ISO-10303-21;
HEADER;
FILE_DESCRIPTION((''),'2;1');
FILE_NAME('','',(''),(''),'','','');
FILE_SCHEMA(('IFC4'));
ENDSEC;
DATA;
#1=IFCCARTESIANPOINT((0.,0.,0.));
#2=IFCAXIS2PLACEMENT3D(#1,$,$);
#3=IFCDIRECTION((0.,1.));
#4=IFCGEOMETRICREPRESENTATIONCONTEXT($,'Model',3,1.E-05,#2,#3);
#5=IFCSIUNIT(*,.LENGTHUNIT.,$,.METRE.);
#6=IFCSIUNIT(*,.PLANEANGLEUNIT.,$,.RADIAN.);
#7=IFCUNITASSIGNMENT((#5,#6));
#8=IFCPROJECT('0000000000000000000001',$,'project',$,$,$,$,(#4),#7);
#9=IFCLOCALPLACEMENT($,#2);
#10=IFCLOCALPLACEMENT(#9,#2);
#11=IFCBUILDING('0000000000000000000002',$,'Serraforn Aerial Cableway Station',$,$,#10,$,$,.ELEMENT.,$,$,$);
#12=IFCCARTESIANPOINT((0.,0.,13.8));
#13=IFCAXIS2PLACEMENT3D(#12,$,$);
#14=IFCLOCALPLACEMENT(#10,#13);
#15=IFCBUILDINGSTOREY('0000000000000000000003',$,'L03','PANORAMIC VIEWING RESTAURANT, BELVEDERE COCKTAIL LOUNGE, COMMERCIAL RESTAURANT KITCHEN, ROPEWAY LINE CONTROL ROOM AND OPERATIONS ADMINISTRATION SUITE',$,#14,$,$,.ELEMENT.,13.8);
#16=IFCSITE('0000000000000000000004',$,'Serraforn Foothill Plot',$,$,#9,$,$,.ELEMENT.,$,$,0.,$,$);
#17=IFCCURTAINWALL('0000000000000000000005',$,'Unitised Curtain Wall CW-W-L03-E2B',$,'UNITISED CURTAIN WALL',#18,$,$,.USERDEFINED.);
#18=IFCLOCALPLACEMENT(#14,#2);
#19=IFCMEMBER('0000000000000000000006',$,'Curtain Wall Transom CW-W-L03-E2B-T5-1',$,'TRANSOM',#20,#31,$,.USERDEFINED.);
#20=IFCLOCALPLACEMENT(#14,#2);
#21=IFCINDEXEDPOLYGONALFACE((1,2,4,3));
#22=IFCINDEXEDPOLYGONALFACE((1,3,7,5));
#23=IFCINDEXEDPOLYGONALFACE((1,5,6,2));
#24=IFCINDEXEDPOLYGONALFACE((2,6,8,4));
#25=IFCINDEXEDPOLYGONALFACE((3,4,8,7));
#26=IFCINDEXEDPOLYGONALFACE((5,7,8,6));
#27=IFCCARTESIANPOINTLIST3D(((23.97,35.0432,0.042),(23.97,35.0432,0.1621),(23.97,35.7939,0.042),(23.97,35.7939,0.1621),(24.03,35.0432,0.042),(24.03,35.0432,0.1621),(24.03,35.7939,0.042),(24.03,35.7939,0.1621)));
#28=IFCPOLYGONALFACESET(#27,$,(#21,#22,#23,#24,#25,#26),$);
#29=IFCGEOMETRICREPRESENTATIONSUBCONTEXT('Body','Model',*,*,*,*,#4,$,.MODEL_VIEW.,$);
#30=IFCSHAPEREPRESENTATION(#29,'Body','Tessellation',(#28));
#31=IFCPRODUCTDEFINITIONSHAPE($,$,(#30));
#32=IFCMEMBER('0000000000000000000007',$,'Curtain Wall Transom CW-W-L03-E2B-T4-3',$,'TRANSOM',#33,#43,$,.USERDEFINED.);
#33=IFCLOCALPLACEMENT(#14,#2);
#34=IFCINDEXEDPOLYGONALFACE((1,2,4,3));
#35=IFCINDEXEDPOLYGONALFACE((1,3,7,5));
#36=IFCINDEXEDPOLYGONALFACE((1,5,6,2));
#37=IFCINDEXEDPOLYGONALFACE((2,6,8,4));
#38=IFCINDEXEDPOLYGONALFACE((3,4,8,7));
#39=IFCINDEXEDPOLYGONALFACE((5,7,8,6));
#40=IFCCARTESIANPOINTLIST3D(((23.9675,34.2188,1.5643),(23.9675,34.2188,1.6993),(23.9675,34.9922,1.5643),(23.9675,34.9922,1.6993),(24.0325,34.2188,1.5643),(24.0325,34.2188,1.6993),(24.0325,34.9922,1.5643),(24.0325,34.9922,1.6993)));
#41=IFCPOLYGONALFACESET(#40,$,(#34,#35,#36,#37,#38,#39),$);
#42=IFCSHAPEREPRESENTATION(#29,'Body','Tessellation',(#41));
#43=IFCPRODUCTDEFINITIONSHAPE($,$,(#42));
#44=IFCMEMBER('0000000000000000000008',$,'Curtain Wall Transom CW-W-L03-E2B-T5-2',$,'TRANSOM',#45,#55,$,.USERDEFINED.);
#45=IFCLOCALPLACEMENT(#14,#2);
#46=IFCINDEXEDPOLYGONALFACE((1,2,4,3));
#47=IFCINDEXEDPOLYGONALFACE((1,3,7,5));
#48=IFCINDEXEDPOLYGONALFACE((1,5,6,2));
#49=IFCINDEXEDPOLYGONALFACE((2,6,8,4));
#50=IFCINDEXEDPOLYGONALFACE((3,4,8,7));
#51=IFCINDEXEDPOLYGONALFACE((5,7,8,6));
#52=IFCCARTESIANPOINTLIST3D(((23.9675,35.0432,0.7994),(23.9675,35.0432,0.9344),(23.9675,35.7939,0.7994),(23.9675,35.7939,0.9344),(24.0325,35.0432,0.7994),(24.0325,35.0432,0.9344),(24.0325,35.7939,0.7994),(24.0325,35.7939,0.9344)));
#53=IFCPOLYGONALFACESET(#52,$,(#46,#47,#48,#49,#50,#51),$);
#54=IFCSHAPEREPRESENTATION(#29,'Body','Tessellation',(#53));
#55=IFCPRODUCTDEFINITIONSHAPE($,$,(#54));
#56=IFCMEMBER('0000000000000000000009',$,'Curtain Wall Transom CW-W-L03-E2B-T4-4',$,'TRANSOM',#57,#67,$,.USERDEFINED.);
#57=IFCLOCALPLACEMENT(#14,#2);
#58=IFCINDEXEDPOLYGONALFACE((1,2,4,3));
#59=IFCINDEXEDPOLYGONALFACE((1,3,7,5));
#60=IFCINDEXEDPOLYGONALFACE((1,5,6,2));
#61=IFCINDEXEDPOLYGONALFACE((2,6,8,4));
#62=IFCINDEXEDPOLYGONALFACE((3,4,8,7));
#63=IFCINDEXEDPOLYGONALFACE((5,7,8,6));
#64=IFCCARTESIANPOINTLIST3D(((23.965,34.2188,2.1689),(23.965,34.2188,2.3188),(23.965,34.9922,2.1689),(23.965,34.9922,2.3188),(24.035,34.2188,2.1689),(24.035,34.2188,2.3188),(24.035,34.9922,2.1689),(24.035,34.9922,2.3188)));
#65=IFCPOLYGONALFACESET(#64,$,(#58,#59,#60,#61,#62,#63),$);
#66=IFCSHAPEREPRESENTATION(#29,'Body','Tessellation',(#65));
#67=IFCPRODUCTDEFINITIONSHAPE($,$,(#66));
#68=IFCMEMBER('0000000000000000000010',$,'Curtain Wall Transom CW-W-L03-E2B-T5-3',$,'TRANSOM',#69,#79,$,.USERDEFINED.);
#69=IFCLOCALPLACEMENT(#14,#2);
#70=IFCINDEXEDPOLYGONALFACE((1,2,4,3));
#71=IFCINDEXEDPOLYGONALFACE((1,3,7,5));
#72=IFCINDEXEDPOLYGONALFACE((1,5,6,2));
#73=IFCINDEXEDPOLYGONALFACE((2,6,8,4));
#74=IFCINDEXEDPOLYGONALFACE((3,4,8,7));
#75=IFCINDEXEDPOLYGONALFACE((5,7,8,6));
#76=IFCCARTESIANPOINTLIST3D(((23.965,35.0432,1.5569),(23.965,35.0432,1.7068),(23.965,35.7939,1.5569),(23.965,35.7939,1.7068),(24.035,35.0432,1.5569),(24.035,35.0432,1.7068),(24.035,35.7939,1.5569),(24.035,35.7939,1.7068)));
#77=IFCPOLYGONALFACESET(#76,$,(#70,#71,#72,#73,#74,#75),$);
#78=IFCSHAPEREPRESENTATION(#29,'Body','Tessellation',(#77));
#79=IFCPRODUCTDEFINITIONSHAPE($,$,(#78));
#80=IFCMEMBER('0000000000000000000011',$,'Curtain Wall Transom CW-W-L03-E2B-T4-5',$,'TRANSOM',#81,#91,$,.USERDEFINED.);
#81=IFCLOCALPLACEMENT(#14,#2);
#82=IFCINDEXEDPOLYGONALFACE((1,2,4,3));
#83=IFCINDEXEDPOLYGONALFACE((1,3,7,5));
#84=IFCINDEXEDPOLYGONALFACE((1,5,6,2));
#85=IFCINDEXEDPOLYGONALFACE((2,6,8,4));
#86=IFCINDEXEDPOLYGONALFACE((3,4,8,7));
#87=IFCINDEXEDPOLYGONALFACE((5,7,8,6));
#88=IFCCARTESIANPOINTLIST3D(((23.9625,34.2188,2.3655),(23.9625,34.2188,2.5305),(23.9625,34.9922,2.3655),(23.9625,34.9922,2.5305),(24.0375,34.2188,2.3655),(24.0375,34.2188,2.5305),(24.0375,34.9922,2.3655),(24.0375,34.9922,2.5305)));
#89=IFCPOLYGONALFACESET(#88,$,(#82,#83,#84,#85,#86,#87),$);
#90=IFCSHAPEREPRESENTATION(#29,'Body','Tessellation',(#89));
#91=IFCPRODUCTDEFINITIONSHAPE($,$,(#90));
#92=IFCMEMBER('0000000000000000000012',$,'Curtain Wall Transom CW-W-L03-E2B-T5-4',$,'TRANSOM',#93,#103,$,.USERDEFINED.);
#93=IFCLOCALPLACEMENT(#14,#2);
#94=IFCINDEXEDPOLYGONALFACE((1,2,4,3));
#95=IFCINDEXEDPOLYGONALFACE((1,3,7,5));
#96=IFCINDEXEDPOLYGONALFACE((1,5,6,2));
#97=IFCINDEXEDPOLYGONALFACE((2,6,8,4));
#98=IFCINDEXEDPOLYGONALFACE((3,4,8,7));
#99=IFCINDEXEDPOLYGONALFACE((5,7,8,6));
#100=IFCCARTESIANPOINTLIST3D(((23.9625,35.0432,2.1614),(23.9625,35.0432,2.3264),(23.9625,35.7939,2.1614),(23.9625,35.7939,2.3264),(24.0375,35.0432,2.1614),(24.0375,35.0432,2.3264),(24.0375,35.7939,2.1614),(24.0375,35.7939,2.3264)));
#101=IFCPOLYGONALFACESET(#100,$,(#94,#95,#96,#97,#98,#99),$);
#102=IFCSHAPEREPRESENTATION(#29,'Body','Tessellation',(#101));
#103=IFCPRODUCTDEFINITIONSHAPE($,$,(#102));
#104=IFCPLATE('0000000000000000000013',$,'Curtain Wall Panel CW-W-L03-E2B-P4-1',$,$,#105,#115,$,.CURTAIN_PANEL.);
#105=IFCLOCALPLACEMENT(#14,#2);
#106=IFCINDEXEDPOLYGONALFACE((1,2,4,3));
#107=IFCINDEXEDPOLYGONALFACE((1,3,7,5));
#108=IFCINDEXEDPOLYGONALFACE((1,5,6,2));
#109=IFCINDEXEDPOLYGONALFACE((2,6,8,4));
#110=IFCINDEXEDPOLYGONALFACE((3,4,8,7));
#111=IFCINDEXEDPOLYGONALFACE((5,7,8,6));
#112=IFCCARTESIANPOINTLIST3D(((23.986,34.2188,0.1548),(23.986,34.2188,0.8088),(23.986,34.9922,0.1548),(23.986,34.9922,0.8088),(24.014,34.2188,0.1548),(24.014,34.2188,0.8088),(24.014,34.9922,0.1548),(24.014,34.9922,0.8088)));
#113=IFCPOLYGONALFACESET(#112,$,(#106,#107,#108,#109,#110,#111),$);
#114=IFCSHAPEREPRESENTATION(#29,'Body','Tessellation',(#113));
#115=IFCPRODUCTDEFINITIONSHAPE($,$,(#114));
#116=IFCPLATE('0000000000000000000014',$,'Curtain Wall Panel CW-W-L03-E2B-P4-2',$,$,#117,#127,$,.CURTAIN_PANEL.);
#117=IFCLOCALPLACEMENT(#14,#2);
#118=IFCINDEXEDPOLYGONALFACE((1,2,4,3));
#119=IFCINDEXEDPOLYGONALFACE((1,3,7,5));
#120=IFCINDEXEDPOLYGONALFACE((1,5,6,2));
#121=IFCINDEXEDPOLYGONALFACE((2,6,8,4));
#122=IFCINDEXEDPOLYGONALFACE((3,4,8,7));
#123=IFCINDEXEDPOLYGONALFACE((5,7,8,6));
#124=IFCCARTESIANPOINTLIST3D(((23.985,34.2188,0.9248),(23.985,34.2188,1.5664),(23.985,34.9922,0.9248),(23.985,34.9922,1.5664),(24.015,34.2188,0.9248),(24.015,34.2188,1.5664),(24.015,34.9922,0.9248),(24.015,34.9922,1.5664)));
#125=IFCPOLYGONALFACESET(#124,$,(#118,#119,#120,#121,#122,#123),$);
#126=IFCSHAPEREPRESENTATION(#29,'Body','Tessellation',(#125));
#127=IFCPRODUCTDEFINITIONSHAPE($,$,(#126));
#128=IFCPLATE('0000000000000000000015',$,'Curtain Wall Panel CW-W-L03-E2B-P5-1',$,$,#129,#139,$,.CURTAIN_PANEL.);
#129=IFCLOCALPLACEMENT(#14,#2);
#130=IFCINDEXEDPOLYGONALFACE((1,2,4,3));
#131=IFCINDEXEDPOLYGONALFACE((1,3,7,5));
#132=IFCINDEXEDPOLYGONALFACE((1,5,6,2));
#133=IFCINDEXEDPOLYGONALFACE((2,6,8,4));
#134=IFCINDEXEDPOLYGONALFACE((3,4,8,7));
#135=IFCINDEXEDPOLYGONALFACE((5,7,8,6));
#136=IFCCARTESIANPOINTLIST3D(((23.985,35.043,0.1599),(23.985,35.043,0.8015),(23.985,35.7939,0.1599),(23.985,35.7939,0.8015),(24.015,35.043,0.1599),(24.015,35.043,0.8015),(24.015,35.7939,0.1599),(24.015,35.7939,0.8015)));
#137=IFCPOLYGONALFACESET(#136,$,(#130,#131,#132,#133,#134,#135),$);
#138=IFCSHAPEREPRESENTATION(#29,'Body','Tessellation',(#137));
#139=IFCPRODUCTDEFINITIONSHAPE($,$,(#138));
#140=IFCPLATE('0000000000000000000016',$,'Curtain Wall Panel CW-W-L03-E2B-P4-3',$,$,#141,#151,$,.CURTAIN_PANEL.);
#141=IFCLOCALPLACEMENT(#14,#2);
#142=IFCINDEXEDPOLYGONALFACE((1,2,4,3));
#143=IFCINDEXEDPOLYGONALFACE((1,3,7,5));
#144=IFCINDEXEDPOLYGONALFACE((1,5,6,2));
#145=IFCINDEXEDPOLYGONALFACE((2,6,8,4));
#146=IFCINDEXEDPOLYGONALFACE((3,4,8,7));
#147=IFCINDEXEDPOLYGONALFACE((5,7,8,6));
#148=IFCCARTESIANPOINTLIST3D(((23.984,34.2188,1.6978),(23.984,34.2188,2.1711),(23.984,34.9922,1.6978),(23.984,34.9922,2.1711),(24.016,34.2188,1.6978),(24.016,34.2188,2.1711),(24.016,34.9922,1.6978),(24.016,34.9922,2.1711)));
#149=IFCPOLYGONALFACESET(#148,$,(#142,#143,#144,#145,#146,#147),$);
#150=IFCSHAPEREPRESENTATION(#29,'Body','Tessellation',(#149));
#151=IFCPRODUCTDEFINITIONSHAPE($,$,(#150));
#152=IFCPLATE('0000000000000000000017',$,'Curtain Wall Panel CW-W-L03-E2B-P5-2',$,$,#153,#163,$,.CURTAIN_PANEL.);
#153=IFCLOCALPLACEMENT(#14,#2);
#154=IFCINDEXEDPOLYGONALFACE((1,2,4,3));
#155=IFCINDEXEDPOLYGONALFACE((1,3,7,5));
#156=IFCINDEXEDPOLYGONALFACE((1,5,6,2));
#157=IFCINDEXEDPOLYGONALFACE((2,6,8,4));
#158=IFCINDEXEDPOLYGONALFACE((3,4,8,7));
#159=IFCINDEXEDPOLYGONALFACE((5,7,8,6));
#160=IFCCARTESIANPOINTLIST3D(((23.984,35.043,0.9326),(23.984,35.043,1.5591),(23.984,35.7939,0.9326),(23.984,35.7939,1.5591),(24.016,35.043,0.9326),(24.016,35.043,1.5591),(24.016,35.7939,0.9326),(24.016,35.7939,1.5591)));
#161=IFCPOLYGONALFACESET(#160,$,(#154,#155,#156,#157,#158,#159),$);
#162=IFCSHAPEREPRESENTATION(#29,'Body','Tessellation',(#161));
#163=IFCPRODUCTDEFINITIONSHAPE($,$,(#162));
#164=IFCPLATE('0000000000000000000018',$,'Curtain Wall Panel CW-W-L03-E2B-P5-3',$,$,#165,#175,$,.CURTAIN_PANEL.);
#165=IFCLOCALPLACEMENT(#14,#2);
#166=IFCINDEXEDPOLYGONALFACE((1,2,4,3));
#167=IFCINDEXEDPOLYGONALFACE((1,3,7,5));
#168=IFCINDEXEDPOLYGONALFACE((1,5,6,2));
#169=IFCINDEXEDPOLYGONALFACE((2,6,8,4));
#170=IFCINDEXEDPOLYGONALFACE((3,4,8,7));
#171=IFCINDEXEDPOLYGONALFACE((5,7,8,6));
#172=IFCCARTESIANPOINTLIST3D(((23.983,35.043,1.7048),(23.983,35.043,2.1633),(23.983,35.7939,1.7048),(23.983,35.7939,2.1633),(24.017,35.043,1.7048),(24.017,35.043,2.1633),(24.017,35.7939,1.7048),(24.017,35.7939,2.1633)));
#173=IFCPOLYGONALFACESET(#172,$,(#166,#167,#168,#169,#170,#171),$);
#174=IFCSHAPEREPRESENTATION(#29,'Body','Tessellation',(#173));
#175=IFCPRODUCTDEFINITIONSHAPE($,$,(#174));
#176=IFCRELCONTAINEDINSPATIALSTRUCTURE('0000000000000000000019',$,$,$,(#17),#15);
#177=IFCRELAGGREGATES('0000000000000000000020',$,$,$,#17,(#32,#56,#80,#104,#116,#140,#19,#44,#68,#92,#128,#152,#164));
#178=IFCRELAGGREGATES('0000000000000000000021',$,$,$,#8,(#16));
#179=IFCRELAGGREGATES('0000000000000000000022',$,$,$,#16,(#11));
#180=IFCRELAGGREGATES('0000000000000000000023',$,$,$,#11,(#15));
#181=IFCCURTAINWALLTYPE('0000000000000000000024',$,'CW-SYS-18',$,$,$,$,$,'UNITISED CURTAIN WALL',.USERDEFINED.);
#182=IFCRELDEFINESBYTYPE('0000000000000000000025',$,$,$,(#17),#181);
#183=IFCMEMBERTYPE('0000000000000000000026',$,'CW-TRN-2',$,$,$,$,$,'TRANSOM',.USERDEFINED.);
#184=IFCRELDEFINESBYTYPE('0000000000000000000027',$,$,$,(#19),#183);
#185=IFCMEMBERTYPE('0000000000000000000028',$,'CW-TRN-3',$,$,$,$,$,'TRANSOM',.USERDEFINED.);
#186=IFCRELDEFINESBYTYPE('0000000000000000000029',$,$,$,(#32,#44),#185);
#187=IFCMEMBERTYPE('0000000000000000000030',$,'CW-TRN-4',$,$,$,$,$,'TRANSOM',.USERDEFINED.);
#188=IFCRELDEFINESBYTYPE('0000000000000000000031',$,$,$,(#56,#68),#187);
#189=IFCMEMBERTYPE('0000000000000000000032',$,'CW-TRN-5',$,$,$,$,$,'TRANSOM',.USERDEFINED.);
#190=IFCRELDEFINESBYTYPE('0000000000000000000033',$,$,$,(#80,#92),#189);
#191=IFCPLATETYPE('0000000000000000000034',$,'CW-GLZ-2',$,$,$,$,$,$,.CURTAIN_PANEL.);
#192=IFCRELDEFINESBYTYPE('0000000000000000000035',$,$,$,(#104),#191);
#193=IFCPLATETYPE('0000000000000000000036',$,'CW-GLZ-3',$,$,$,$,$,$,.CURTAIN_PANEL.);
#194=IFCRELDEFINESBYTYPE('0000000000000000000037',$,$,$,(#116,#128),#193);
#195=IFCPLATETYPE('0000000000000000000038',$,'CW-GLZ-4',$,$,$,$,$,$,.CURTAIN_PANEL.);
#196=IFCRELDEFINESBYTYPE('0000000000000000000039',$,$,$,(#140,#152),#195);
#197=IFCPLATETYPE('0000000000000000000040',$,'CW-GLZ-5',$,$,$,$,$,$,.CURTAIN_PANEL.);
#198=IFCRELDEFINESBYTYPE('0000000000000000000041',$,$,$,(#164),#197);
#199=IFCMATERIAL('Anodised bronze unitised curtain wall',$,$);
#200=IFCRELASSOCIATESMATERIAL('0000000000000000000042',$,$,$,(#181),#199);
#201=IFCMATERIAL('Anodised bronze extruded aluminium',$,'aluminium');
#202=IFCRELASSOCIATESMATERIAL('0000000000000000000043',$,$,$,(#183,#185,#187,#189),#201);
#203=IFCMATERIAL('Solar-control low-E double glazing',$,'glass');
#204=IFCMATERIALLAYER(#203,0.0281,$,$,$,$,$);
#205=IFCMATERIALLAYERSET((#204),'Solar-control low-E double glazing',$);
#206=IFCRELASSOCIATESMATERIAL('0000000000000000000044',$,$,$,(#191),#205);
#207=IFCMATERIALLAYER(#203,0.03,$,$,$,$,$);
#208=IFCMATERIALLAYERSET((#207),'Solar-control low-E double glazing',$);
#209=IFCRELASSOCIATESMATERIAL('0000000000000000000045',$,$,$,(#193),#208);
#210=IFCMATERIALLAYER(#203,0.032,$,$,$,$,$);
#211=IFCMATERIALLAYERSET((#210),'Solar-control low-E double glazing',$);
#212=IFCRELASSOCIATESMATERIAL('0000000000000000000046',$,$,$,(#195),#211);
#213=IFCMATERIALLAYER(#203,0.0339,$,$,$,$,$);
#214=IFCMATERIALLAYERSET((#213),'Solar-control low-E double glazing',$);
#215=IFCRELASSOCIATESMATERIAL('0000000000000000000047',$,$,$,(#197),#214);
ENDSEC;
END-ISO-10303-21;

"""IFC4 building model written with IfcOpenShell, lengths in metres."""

from ifc_helpers import new_model, si_unit, direction, frame, origin, origin_2d, place, context, subcontext, project, spatial, rectangle, extrude, material, layer, layer_set, material_profile, profile_set, type_object, element, aggregate, save


model = new_model("IFC4")

# Units and contexts
model_context = context("Model", 3, precision=1e-05, world=origin(), true_north=direction((0.0, 1.0)))
body_context = subcontext(model_context, "Body", "Model", "MODEL_VIEW")
ifc_project = project(units=[si_unit("LENGTHUNIT", "METRE"), si_unit("PLANEANGLEUNIT", "RADIAN")], contexts=[model_context])

# Site, building, storey
site_placement = place(None, origin())
site = spatial("IfcSite", under=ifc_project, at=site_placement, Name="Serraforn Foothill Plot", CompositionType="ELEMENT", RefElevation=0.0)
building_placement = place(site_placement, origin())
building = spatial("IfcBuilding", under=site, at=building_placement, Name="Serraforn Aerial Cableway Station", CompositionType="ELEMENT")
storey_placement = place(building_placement, frame((0.0, 0.0, 13.8)))
storey = spatial("IfcBuildingStorey", under=building, at=storey_placement, Name="L03", Description="PANORAMIC VIEWING RESTAURANT, BELVEDERE COCKTAIL LOUNGE, COMMERCIAL RESTAURANT KITCHEN, ROPEWAY LINE CONTROL ROOM AND OPERATIONS ADMINISTRATION SUITE", CompositionType="ELEMENT", Elevation=13.8)

# Curtain wall, members, plates
ifc_material_1 = material(Name="Anodised bronze unitised curtain wall")
curtain_wall_type = type_object("IfcCurtainWallType", Name="CW-SYS-18", ElementType="UNITISED CURTAIN WALL", PredefinedType="USERDEFINED", material=ifc_material_1)
curtain_wall_placement = place(storey_placement, origin())
curtain_wall = element("IfcCurtainWall", 1, at=curtain_wall_placement, inside=storey, type_object=curtain_wall_type, Name="Unitised Curtain Wall CW-W-L03-E2B", ObjectType="UNITISED CURTAIN WALL", PredefinedType="USERDEFINED")
ifc_material_2 = material(Name="Anodised bronze extruded aluminium", Category="aluminium")
ifc_material_profile_1 = material_profile(ifc_material_2, rectangle(XDim=0.0601, YDim=0.1201, at=origin_2d()), Name="CW TRANSOM 60x120")
ifc_profile_set_1 = profile_set([ifc_material_profile_1], Name="Anodised bronze extruded aluminium")
member_type_1 = type_object("IfcMemberType", Name="CW-TRN-2", ElementType="TRANSOM", PredefinedType="USERDEFINED", material=ifc_profile_set_1)
member_1_placement = place(storey_placement, frame((24.0, 35.0432, 0.1021), z_axis=(0.0, 1.0, 0.0), x_axis=(-1.0, 0.0, 0.0)))
member_1 = element("IfcMember", 2, at=member_1_placement, type_object=member_type_1, Name="Curtain Wall Transom CW-W-L03-E2B-T5-1", ObjectType="TRANSOM", PredefinedType="USERDEFINED", context=body_context, shape_type="SweptSolid", body=[
    extrude(rectangle(XDim=0.0601, YDim=0.1201, at=origin_2d()), origin(), (0.0, 0.0, 1.0), 0.7507),
])
ifc_material_profile_2 = material_profile(ifc_material_2, rectangle(XDim=0.0649, YDim=0.135, at=origin_2d()), Name="CW TRANSOM 65x135")
ifc_profile_set_2 = profile_set([ifc_material_profile_2], Name="Anodised bronze extruded aluminium")
member_type_2 = type_object("IfcMemberType", Name="CW-TRN-3", ElementType="TRANSOM", PredefinedType="USERDEFINED", material=ifc_profile_set_2)
member_2_placement = place(storey_placement, frame((24.0, 34.2188, 1.6318), z_axis=(0.0, 1.0, 0.0), x_axis=(-1.0, 0.0, 0.0)))
member_2 = element("IfcMember", 3, at=member_2_placement, type_object=member_type_2, Name="Curtain Wall Transom CW-W-L03-E2B-T4-3", ObjectType="TRANSOM", PredefinedType="USERDEFINED", context=body_context, shape_type="SweptSolid", body=[
    extrude(rectangle(XDim=0.0649, YDim=0.135, at=origin_2d()), origin(), (0.0, 0.0, 1.0), 0.7734),
])
member_3_placement = place(storey_placement, frame((24.0, 35.0432, 0.8669), z_axis=(0.0, 1.0, 0.0), x_axis=(-1.0, 0.0, 0.0)))
member_3 = element("IfcMember", 4, at=member_3_placement, type_object=member_type_2, Name="Curtain Wall Transom CW-W-L03-E2B-T5-2", ObjectType="TRANSOM", PredefinedType="USERDEFINED", context=body_context, shape_type="SweptSolid", body=[
    extrude(rectangle(XDim=0.0649, YDim=0.135, at=origin_2d()), origin(), (0.0, 0.0, 1.0), 0.7507),
])
ifc_material_profile_3 = material_profile(ifc_material_2, rectangle(XDim=0.0701, YDim=0.1499, at=origin_2d()), Name="CW TRANSOM 70x150")
ifc_profile_set_3 = profile_set([ifc_material_profile_3], Name="Anodised bronze extruded aluminium")
member_type_3 = type_object("IfcMemberType", Name="CW-TRN-4", ElementType="TRANSOM", PredefinedType="USERDEFINED", material=ifc_profile_set_3)
member_4_placement = place(storey_placement, frame((24.0, 34.2188, 2.2439), z_axis=(0.0, 1.0, 0.0), x_axis=(-1.0, 0.0, 0.0)))
member_4 = element("IfcMember", 5, at=member_4_placement, type_object=member_type_3, Name="Curtain Wall Transom CW-W-L03-E2B-T4-4", ObjectType="TRANSOM", PredefinedType="USERDEFINED", context=body_context, shape_type="SweptSolid", body=[
    extrude(rectangle(XDim=0.0701, YDim=0.1499, at=origin_2d()), origin(), (0.0, 0.0, 1.0), 0.7734),
])
member_5_placement = place(storey_placement, frame((24.0, 35.0432, 1.6318), z_axis=(0.0, 1.0, 0.0), x_axis=(-1.0, 0.0, 0.0)))
member_5 = element("IfcMember", 6, at=member_5_placement, type_object=member_type_3, Name="Curtain Wall Transom CW-W-L03-E2B-T5-3", ObjectType="TRANSOM", PredefinedType="USERDEFINED", context=body_context, shape_type="SweptSolid", body=[
    extrude(rectangle(XDim=0.0701, YDim=0.1499, at=origin_2d()), origin(), (0.0, 0.0, 1.0), 0.7507),
])
ifc_material_profile_4 = material_profile(ifc_material_2, rectangle(XDim=0.075, YDim=0.165, at=origin_2d()), Name="CW TRANSOM 75x165")
ifc_profile_set_4 = profile_set([ifc_material_profile_4], Name="Anodised bronze extruded aluminium")
member_type_4 = type_object("IfcMemberType", Name="CW-TRN-5", ElementType="TRANSOM", PredefinedType="USERDEFINED", material=ifc_profile_set_4)
member_6_placement = place(storey_placement, frame((24.0, 34.2188, 2.448), z_axis=(0.0, 1.0, 0.0), x_axis=(-1.0, 0.0, 0.0)))
member_6 = element("IfcMember", 7, at=member_6_placement, type_object=member_type_4, Name="Curtain Wall Transom CW-W-L03-E2B-T4-5", ObjectType="TRANSOM", PredefinedType="USERDEFINED", context=body_context, shape_type="SweptSolid", body=[
    extrude(rectangle(XDim=0.075, YDim=0.165, at=origin_2d()), origin(), (0.0, 0.0, 1.0), 0.7734),
])
member_7_placement = place(storey_placement, frame((24.0, 35.0432, 2.2439), z_axis=(0.0, 1.0, 0.0), x_axis=(-1.0, 0.0, 0.0)))
member_7 = element("IfcMember", 8, at=member_7_placement, type_object=member_type_4, Name="Curtain Wall Transom CW-W-L03-E2B-T5-4", ObjectType="TRANSOM", PredefinedType="USERDEFINED", context=body_context, shape_type="SweptSolid", body=[
    extrude(rectangle(XDim=0.075, YDim=0.165, at=origin_2d()), origin(), (0.0, 0.0, 1.0), 0.7507),
])
ifc_material_3 = material(Name="Solar-control low-E double glazing", Category="glass")
ifc_layer_1 = layer(ifc_material_3, 0.0281)
ifc_layer_set_1 = layer_set([ifc_layer_1], Name="Solar-control low-E double glazing")
plate_type_1 = type_object("IfcPlateType", Name="CW-GLZ-2", PredefinedType="CURTAIN_PANEL", material=ifc_layer_set_1)
plate_1_placement = place(storey_placement, frame((24.0, 34.6055, 0.1548), z_axis=(0.0, 0.0, 1.0), x_axis=(1.0, 0.0, 0.0)))
plate_1 = element("IfcPlate", 9, at=plate_1_placement, type_object=plate_type_1, Name="Curtain Wall Panel CW-W-L03-E2B-P4-1", PredefinedType="CURTAIN_PANEL", context=body_context, shape_type="SweptSolid", body=[
    extrude(rectangle(XDim=0.0281, YDim=0.7734, at=origin_2d()), origin(), (0.0, 0.0, 1.0), 0.6541),
])
ifc_layer_2 = layer(ifc_material_3, 0.03)
ifc_layer_set_2 = layer_set([ifc_layer_2], Name="Solar-control low-E double glazing")
plate_type_2 = type_object("IfcPlateType", Name="CW-GLZ-3", PredefinedType="CURTAIN_PANEL", material=ifc_layer_set_2)
plate_2_placement = place(storey_placement, frame((24.0, 34.6055, 0.9248), z_axis=(0.0, 0.0, 1.0), x_axis=(1.0, 0.0, 0.0)))
plate_2 = element("IfcPlate", 10, at=plate_2_placement, type_object=plate_type_2, Name="Curtain Wall Panel CW-W-L03-E2B-P4-2", PredefinedType="CURTAIN_PANEL", context=body_context, shape_type="SweptSolid", body=[
    extrude(rectangle(XDim=0.03, YDim=0.7734, at=origin_2d()), origin(), (0.0, 0.0, 1.0), 0.6416),
])
plate_3_placement = place(storey_placement, frame((24.0, 35.4185, 0.1599), z_axis=(0.0, 0.0, 1.0), x_axis=(1.0, 0.0, 0.0)))
plate_3 = element("IfcPlate", 11, at=plate_3_placement, type_object=plate_type_2, Name="Curtain Wall Panel CW-W-L03-E2B-P5-1", PredefinedType="CURTAIN_PANEL", context=body_context, shape_type="SweptSolid", body=[
    extrude(rectangle(XDim=0.03, YDim=0.751, at=origin_2d()), origin(), (0.0, 0.0, 1.0), 0.6416),
])
ifc_layer_3 = layer(ifc_material_3, 0.032)
ifc_layer_set_3 = layer_set([ifc_layer_3], Name="Solar-control low-E double glazing")
plate_type_3 = type_object("IfcPlateType", Name="CW-GLZ-4", PredefinedType="CURTAIN_PANEL", material=ifc_layer_set_3)
plate_4_placement = place(storey_placement, frame((24.0, 34.6055, 1.6978), z_axis=(0.0, 0.0, 1.0), x_axis=(1.0, 0.0, 0.0)))
plate_4 = element("IfcPlate", 12, at=plate_4_placement, type_object=plate_type_3, Name="Curtain Wall Panel CW-W-L03-E2B-P4-3", PredefinedType="CURTAIN_PANEL", context=body_context, shape_type="SweptSolid", body=[
    extrude(rectangle(XDim=0.032, YDim=0.7734, at=origin_2d()), origin(), (0.0, 0.0, 1.0), 0.4734),
])
plate_5_placement = place(storey_placement, frame((24.0, 35.4185, 0.9326), z_axis=(0.0, 0.0, 1.0), x_axis=(1.0, 0.0, 0.0)))
plate_5 = element("IfcPlate", 13, at=plate_5_placement, type_object=plate_type_3, Name="Curtain Wall Panel CW-W-L03-E2B-P5-2", PredefinedType="CURTAIN_PANEL", context=body_context, shape_type="SweptSolid", body=[
    extrude(rectangle(XDim=0.032, YDim=0.751, at=origin_2d()), origin(), (0.0, 0.0, 1.0), 0.6265),
])
ifc_layer_4 = layer(ifc_material_3, 0.0339)
ifc_layer_set_4 = layer_set([ifc_layer_4], Name="Solar-control low-E double glazing")
plate_type_4 = type_object("IfcPlateType", Name="CW-GLZ-5", PredefinedType="CURTAIN_PANEL", material=ifc_layer_set_4)
plate_6_placement = place(storey_placement, frame((24.0, 35.4185, 1.7048), z_axis=(0.0, 0.0, 1.0), x_axis=(1.0, 0.0, 0.0)))
plate_6 = element("IfcPlate", 14, at=plate_6_placement, type_object=plate_type_4, Name="Curtain Wall Panel CW-W-L03-E2B-P5-3", PredefinedType="CURTAIN_PANEL", context=body_context, shape_type="SweptSolid", body=[
    extrude(rectangle(XDim=0.0339, YDim=0.751, at=origin_2d()), origin(), (0.0, 0.0, 1.0), 0.4585),
])
aggregate(curtain_wall, [member_2, member_4, member_6, plate_1, plate_2, plate_4, member_1, member_3, member_5, member_7, plate_3, plate_5, plate_6])

save(model, "model.ifc")
